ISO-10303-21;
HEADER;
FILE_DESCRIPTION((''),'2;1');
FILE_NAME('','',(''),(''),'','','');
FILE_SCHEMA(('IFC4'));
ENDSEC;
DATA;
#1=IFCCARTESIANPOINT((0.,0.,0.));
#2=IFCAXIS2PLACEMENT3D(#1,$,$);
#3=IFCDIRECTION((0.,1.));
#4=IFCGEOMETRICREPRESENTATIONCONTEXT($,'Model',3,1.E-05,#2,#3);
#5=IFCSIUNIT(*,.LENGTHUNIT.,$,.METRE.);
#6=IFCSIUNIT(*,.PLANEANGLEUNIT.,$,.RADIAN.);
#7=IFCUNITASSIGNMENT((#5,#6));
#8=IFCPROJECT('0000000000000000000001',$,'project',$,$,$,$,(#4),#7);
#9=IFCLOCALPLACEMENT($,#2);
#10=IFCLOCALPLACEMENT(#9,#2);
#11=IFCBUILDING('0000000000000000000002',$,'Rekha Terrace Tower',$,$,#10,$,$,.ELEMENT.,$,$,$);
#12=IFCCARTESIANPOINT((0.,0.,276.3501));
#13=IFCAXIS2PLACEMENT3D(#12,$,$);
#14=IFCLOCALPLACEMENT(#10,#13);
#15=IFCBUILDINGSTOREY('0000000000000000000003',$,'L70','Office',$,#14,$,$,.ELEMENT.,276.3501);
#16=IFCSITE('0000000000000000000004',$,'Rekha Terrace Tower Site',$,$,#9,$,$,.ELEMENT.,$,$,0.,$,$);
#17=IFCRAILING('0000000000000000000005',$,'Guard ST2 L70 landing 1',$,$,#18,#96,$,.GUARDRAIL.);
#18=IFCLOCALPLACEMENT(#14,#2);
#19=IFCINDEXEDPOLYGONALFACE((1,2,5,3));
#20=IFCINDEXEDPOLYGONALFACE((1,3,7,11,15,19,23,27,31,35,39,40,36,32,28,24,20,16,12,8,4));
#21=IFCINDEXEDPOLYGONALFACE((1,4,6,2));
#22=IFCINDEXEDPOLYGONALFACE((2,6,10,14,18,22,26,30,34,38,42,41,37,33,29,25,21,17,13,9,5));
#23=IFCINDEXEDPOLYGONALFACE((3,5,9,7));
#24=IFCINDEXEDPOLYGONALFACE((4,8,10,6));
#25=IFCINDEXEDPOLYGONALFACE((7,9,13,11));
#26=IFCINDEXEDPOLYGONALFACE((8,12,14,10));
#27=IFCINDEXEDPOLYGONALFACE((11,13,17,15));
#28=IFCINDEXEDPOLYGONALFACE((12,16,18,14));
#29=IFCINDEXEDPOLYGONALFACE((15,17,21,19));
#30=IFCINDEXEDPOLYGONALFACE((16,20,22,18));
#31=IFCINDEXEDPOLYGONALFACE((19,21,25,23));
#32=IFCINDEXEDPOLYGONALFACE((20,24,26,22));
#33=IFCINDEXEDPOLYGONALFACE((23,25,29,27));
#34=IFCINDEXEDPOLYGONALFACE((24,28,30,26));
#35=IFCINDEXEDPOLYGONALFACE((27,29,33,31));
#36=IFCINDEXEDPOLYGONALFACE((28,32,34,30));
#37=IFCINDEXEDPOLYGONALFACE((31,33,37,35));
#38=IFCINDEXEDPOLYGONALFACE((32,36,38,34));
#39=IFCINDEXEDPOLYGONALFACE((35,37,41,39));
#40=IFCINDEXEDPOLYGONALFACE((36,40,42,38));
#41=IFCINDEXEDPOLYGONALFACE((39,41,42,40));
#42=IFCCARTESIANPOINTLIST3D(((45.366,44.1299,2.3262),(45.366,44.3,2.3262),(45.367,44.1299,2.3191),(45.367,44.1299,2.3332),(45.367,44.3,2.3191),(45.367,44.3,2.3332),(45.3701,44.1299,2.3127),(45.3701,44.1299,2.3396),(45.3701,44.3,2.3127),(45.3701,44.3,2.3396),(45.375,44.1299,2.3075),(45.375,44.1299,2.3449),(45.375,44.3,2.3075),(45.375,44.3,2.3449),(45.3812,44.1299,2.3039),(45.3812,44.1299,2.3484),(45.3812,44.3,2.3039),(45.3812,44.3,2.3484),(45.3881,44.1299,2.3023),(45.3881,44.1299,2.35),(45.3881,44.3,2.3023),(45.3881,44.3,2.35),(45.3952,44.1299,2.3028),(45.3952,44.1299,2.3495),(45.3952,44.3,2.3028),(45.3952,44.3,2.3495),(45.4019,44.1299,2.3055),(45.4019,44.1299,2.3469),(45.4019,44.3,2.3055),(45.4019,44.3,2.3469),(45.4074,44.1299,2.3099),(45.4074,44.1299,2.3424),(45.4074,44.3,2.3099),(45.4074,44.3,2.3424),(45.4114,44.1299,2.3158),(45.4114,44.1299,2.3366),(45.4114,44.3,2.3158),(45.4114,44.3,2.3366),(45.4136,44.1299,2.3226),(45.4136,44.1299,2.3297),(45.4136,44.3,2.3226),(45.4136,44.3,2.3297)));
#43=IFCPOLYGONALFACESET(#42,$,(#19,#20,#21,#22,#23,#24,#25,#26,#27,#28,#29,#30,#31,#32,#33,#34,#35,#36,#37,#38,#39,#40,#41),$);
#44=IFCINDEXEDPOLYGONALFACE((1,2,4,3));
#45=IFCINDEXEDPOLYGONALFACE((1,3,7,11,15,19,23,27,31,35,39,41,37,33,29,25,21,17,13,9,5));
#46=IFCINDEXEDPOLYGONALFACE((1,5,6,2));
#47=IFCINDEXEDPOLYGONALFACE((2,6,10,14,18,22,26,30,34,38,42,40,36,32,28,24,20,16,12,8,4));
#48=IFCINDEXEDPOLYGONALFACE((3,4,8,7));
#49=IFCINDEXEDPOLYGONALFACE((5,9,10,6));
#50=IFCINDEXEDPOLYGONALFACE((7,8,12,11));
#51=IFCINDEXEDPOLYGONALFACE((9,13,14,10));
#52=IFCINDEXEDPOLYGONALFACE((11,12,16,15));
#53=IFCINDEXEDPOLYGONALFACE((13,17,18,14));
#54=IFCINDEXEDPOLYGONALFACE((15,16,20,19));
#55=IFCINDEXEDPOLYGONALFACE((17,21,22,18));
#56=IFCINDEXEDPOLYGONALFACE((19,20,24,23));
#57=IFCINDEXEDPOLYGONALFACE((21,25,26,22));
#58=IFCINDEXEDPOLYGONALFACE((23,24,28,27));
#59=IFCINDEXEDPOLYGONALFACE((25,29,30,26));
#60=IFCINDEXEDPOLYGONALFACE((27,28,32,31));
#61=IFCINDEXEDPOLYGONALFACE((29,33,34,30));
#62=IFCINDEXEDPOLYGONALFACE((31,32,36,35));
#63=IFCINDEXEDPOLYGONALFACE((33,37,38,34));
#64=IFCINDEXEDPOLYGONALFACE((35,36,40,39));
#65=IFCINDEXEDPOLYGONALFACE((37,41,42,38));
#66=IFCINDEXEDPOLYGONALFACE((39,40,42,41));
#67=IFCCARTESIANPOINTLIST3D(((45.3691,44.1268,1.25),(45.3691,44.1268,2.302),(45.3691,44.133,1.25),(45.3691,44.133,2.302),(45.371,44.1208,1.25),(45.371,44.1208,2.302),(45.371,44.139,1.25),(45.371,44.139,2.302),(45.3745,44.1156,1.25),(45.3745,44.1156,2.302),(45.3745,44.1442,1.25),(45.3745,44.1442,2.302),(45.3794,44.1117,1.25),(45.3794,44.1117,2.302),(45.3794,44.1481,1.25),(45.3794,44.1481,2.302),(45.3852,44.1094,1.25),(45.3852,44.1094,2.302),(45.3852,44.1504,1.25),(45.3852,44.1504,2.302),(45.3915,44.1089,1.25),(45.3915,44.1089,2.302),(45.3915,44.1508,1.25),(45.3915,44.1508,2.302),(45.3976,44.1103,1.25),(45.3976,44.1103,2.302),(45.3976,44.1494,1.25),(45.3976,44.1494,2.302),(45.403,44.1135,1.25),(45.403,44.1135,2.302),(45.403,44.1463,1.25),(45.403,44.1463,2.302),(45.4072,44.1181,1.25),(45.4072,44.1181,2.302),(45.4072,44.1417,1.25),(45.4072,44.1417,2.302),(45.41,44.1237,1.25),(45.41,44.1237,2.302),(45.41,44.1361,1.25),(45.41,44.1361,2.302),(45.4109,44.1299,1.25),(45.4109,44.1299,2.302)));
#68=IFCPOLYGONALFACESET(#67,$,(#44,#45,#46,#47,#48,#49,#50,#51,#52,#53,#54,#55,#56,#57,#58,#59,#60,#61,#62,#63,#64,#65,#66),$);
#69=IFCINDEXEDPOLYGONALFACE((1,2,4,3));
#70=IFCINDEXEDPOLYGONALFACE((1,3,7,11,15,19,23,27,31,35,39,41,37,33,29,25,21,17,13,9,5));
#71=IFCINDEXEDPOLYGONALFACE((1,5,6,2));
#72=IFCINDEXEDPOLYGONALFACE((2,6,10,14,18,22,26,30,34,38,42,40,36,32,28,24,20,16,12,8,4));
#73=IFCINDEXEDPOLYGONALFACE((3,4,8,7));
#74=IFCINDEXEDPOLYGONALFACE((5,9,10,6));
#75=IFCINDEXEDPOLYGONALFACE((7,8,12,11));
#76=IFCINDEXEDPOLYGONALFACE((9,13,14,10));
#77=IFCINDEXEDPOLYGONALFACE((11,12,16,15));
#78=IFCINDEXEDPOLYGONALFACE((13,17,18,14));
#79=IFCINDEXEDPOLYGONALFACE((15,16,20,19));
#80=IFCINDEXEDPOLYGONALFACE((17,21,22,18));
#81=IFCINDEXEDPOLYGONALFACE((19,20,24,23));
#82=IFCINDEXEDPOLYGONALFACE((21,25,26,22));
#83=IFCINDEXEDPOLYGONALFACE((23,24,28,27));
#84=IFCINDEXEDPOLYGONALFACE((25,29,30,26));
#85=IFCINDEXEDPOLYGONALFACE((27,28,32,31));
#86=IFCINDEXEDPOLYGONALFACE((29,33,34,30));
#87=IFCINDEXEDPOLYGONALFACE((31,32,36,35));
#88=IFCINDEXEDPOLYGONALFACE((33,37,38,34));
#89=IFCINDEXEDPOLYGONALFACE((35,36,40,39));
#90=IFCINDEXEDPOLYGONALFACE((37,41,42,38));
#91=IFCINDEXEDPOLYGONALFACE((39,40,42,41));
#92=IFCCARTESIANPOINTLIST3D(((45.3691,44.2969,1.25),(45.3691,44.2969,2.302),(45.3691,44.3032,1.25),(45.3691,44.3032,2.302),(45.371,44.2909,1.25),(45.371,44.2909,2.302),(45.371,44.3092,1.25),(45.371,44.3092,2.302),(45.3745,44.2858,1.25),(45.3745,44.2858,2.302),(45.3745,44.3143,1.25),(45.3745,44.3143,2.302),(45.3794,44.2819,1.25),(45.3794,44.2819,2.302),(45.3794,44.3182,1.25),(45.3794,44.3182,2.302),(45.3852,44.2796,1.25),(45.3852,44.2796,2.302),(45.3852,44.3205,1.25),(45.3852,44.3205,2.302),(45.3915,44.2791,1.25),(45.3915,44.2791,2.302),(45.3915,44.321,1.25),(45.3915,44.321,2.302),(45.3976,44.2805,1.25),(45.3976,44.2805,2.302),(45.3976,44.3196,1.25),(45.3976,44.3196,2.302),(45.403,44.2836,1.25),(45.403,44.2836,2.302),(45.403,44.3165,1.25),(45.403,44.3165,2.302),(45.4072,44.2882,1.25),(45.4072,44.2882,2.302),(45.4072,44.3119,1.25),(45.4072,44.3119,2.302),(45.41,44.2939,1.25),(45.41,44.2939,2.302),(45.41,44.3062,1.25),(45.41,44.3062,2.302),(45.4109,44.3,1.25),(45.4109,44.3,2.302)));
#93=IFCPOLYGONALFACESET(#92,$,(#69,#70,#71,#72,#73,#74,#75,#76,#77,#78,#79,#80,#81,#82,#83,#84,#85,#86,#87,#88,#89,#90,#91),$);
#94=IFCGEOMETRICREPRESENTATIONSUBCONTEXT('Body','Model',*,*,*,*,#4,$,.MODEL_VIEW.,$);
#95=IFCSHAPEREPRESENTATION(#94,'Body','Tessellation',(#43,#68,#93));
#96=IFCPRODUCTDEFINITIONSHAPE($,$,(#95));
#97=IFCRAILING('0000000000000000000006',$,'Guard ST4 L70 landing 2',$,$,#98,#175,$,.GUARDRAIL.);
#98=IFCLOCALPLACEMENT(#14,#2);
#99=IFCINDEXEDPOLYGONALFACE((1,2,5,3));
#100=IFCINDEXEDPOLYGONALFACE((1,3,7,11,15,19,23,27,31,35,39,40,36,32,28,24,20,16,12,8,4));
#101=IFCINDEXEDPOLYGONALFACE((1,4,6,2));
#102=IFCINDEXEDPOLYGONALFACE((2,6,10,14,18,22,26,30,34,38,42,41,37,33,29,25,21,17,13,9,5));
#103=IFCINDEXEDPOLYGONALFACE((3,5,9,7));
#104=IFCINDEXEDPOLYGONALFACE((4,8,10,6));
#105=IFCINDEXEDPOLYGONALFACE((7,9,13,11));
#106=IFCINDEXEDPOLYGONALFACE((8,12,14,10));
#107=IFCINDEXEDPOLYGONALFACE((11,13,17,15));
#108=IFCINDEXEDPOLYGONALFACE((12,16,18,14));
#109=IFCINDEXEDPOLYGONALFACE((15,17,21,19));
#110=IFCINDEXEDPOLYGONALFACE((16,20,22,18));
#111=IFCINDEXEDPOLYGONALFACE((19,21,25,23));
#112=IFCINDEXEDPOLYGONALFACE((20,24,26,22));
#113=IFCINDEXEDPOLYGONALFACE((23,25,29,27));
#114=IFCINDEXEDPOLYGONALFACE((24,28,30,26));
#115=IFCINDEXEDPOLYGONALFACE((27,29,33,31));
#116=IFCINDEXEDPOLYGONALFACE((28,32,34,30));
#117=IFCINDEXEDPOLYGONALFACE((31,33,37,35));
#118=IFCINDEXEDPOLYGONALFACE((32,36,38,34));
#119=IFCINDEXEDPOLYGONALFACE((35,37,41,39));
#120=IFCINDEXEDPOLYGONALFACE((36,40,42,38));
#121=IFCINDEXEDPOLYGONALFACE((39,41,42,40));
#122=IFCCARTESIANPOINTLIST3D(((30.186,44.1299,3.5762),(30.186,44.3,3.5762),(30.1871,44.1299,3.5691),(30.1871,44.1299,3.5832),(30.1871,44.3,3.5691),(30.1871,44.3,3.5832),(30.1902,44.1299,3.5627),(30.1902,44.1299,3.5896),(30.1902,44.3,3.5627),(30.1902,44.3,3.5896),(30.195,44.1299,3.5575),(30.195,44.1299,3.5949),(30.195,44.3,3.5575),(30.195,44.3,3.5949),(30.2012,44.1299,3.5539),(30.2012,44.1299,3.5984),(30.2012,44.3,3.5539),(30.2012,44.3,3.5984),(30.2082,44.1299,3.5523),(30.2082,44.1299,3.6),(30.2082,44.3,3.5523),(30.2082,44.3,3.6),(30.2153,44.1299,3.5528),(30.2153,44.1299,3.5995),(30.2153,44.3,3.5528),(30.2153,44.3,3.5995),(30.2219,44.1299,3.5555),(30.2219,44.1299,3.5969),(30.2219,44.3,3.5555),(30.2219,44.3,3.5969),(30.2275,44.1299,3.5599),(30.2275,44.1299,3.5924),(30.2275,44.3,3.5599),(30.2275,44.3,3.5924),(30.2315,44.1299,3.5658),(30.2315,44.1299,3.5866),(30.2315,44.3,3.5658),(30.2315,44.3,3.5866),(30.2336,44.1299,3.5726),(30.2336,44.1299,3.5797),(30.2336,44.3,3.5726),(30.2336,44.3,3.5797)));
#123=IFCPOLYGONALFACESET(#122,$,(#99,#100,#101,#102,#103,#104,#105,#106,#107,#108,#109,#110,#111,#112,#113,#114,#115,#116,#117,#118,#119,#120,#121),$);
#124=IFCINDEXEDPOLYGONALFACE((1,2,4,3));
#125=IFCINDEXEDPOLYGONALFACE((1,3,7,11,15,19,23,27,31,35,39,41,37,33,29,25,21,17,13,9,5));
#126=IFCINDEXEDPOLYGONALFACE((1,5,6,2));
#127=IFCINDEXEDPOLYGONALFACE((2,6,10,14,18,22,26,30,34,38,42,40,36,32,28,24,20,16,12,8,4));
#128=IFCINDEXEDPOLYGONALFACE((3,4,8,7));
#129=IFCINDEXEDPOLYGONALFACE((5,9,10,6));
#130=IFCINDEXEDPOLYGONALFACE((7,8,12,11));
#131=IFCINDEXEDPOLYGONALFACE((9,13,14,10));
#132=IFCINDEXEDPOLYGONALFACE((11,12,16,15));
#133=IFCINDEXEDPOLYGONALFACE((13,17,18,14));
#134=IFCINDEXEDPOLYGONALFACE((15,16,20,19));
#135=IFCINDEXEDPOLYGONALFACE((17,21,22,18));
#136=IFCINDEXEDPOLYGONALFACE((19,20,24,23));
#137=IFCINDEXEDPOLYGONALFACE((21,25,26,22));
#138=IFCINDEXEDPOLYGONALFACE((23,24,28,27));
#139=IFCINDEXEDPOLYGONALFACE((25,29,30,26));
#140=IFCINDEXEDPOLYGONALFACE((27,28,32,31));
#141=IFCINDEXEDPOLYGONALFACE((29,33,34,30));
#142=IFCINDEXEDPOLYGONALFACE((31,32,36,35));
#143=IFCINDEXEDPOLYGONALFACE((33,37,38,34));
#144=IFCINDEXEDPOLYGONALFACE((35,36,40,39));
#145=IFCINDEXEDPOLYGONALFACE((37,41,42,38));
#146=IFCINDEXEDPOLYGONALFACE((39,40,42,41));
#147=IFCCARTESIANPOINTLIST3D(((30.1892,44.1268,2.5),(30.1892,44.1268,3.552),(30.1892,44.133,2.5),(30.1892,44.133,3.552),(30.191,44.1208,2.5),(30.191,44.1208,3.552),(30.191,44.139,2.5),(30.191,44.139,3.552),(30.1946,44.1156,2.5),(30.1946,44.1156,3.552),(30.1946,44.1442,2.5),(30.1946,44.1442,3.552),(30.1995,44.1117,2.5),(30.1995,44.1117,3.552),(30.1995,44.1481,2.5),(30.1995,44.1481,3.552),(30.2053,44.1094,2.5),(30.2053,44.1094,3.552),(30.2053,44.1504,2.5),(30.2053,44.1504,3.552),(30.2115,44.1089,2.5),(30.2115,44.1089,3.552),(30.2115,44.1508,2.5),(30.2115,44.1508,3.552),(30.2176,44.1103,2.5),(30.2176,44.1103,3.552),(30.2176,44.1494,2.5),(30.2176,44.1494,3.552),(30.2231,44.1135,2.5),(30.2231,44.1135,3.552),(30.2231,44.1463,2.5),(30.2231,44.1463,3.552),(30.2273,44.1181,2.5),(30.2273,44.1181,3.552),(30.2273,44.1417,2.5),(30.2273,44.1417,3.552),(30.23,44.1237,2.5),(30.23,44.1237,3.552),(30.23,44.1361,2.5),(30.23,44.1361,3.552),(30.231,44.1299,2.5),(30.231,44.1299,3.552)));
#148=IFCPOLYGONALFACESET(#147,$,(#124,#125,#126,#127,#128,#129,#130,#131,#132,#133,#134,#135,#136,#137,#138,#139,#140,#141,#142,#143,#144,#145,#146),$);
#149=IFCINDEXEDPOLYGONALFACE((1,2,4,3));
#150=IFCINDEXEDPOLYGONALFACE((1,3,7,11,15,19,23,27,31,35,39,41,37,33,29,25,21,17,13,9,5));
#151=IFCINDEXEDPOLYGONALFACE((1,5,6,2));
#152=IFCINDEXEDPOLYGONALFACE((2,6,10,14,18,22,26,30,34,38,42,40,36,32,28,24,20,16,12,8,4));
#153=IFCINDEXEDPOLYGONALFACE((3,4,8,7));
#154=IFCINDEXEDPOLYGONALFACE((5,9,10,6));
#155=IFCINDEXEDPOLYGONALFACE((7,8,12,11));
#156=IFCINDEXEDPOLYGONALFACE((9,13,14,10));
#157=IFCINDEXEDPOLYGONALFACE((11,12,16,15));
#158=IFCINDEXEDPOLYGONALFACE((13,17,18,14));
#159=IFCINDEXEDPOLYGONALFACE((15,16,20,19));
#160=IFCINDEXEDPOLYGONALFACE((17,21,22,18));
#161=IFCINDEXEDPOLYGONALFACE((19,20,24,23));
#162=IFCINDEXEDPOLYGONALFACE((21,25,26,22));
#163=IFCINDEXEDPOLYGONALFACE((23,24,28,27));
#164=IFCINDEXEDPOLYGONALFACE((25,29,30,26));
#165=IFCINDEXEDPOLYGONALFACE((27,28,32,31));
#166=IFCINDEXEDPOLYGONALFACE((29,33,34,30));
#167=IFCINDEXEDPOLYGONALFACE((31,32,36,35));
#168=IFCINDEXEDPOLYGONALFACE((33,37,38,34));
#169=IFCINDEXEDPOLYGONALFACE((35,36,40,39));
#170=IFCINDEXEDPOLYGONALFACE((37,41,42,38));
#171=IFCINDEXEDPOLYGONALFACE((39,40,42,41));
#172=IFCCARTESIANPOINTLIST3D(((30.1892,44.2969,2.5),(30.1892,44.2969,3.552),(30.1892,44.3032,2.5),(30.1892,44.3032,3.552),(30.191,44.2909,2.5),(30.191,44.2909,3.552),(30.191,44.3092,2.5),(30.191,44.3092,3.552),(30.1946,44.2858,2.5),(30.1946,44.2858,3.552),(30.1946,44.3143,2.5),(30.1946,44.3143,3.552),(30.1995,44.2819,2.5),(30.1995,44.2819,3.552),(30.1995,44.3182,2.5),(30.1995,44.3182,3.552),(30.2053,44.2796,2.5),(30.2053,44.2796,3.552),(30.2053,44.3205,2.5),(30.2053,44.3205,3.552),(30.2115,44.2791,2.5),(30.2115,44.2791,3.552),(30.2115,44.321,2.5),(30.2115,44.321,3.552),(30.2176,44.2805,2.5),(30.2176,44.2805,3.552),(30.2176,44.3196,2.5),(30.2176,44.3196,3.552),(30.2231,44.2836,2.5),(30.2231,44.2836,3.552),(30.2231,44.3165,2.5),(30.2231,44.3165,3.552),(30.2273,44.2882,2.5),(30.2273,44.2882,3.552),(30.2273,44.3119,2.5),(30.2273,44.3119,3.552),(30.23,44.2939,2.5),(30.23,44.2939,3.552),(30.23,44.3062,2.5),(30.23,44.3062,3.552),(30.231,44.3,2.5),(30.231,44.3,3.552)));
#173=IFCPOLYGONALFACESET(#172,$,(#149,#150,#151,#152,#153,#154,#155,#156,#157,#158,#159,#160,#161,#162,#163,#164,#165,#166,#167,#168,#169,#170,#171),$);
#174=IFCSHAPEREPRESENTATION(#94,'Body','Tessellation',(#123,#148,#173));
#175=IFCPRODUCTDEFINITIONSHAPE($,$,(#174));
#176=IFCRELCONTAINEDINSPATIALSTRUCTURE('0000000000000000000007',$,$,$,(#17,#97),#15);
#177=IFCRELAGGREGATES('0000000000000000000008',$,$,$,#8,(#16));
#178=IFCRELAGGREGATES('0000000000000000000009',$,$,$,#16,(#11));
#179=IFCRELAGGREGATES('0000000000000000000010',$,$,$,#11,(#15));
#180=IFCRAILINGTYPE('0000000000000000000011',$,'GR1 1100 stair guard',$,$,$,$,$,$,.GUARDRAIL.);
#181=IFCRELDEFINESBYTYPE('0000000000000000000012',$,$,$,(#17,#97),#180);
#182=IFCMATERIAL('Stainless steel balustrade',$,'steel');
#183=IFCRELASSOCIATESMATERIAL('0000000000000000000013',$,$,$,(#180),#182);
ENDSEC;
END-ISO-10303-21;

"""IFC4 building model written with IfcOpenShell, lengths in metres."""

from ifc_helpers import new_model, si_unit, direction, frame, origin, origin_2d, place, context, subcontext, project, spatial, circle, extrude, material, type_object, element, save


model = new_model("IFC4")

# Units and contexts
model_context = context("Model", 3, precision=1e-05, world=origin(), true_north=direction((0.0, 1.0)))
body_context = subcontext(model_context, "Body", "Model", "MODEL_VIEW")
ifc_project = project(units=[si_unit("LENGTHUNIT", "METRE"), si_unit("PLANEANGLEUNIT", "RADIAN")], contexts=[model_context])

# Site, building, storey
site_placement = place(None, origin())
site = spatial("IfcSite", under=ifc_project, at=site_placement, Name="Rekha Terrace Tower Site", CompositionType="ELEMENT", RefElevation=0.0)
building_placement = place(site_placement, origin())
building = spatial("IfcBuilding", under=site, at=building_placement, Name="Rekha Terrace Tower", CompositionType="ELEMENT")
storey_placement = place(building_placement, frame((0.0, 0.0, 276.3501)))
storey = spatial("IfcBuildingStorey", under=building, at=storey_placement, Name="L70", Description="Office", CompositionType="ELEMENT", Elevation=276.3501)

# Railings
ifc_material_1 = material(Name="Stainless steel balustrade", Category="steel")
railing_type = type_object("IfcRailingType", Name="GR1 1100 stair guard", PredefinedType="GUARDRAIL", material=ifc_material_1)
for number, where, name in (
    (1, (45.3899, 44.1299, 1.25), "Guard ST2 L70 landing 1"),
    (2, (30.21, 44.1299, 2.5), "Guard ST4 L70 landing 2"),
):
    element("IfcRailing", number, at=place(storey_placement, frame(where)), inside=storey, type_object=railing_type, Name=name, PredefinedType="GUARDRAIL", context=body_context, shape_type="SweptSolid", body=[
        extrude(circle(Radius=0.0239, at=origin_2d()), frame((0.0, 0.0, 1.0762), z_axis=(0.0, 1.0, 0.0), x_axis=(-1.0, 0.0, 0.0)), (0.0, 0.0, 1.0), 0.1702),
        extrude(circle(Radius=0.021, at=origin_2d()), origin(), (0.0, 0.0, 1.0), 1.052),
        extrude(circle(Radius=0.021, at=origin_2d()), frame((0.0, 0.1702, 0.0)), (0.0, 0.0, 1.0), 1.052),
    ])

save(model, "model.ifc")
